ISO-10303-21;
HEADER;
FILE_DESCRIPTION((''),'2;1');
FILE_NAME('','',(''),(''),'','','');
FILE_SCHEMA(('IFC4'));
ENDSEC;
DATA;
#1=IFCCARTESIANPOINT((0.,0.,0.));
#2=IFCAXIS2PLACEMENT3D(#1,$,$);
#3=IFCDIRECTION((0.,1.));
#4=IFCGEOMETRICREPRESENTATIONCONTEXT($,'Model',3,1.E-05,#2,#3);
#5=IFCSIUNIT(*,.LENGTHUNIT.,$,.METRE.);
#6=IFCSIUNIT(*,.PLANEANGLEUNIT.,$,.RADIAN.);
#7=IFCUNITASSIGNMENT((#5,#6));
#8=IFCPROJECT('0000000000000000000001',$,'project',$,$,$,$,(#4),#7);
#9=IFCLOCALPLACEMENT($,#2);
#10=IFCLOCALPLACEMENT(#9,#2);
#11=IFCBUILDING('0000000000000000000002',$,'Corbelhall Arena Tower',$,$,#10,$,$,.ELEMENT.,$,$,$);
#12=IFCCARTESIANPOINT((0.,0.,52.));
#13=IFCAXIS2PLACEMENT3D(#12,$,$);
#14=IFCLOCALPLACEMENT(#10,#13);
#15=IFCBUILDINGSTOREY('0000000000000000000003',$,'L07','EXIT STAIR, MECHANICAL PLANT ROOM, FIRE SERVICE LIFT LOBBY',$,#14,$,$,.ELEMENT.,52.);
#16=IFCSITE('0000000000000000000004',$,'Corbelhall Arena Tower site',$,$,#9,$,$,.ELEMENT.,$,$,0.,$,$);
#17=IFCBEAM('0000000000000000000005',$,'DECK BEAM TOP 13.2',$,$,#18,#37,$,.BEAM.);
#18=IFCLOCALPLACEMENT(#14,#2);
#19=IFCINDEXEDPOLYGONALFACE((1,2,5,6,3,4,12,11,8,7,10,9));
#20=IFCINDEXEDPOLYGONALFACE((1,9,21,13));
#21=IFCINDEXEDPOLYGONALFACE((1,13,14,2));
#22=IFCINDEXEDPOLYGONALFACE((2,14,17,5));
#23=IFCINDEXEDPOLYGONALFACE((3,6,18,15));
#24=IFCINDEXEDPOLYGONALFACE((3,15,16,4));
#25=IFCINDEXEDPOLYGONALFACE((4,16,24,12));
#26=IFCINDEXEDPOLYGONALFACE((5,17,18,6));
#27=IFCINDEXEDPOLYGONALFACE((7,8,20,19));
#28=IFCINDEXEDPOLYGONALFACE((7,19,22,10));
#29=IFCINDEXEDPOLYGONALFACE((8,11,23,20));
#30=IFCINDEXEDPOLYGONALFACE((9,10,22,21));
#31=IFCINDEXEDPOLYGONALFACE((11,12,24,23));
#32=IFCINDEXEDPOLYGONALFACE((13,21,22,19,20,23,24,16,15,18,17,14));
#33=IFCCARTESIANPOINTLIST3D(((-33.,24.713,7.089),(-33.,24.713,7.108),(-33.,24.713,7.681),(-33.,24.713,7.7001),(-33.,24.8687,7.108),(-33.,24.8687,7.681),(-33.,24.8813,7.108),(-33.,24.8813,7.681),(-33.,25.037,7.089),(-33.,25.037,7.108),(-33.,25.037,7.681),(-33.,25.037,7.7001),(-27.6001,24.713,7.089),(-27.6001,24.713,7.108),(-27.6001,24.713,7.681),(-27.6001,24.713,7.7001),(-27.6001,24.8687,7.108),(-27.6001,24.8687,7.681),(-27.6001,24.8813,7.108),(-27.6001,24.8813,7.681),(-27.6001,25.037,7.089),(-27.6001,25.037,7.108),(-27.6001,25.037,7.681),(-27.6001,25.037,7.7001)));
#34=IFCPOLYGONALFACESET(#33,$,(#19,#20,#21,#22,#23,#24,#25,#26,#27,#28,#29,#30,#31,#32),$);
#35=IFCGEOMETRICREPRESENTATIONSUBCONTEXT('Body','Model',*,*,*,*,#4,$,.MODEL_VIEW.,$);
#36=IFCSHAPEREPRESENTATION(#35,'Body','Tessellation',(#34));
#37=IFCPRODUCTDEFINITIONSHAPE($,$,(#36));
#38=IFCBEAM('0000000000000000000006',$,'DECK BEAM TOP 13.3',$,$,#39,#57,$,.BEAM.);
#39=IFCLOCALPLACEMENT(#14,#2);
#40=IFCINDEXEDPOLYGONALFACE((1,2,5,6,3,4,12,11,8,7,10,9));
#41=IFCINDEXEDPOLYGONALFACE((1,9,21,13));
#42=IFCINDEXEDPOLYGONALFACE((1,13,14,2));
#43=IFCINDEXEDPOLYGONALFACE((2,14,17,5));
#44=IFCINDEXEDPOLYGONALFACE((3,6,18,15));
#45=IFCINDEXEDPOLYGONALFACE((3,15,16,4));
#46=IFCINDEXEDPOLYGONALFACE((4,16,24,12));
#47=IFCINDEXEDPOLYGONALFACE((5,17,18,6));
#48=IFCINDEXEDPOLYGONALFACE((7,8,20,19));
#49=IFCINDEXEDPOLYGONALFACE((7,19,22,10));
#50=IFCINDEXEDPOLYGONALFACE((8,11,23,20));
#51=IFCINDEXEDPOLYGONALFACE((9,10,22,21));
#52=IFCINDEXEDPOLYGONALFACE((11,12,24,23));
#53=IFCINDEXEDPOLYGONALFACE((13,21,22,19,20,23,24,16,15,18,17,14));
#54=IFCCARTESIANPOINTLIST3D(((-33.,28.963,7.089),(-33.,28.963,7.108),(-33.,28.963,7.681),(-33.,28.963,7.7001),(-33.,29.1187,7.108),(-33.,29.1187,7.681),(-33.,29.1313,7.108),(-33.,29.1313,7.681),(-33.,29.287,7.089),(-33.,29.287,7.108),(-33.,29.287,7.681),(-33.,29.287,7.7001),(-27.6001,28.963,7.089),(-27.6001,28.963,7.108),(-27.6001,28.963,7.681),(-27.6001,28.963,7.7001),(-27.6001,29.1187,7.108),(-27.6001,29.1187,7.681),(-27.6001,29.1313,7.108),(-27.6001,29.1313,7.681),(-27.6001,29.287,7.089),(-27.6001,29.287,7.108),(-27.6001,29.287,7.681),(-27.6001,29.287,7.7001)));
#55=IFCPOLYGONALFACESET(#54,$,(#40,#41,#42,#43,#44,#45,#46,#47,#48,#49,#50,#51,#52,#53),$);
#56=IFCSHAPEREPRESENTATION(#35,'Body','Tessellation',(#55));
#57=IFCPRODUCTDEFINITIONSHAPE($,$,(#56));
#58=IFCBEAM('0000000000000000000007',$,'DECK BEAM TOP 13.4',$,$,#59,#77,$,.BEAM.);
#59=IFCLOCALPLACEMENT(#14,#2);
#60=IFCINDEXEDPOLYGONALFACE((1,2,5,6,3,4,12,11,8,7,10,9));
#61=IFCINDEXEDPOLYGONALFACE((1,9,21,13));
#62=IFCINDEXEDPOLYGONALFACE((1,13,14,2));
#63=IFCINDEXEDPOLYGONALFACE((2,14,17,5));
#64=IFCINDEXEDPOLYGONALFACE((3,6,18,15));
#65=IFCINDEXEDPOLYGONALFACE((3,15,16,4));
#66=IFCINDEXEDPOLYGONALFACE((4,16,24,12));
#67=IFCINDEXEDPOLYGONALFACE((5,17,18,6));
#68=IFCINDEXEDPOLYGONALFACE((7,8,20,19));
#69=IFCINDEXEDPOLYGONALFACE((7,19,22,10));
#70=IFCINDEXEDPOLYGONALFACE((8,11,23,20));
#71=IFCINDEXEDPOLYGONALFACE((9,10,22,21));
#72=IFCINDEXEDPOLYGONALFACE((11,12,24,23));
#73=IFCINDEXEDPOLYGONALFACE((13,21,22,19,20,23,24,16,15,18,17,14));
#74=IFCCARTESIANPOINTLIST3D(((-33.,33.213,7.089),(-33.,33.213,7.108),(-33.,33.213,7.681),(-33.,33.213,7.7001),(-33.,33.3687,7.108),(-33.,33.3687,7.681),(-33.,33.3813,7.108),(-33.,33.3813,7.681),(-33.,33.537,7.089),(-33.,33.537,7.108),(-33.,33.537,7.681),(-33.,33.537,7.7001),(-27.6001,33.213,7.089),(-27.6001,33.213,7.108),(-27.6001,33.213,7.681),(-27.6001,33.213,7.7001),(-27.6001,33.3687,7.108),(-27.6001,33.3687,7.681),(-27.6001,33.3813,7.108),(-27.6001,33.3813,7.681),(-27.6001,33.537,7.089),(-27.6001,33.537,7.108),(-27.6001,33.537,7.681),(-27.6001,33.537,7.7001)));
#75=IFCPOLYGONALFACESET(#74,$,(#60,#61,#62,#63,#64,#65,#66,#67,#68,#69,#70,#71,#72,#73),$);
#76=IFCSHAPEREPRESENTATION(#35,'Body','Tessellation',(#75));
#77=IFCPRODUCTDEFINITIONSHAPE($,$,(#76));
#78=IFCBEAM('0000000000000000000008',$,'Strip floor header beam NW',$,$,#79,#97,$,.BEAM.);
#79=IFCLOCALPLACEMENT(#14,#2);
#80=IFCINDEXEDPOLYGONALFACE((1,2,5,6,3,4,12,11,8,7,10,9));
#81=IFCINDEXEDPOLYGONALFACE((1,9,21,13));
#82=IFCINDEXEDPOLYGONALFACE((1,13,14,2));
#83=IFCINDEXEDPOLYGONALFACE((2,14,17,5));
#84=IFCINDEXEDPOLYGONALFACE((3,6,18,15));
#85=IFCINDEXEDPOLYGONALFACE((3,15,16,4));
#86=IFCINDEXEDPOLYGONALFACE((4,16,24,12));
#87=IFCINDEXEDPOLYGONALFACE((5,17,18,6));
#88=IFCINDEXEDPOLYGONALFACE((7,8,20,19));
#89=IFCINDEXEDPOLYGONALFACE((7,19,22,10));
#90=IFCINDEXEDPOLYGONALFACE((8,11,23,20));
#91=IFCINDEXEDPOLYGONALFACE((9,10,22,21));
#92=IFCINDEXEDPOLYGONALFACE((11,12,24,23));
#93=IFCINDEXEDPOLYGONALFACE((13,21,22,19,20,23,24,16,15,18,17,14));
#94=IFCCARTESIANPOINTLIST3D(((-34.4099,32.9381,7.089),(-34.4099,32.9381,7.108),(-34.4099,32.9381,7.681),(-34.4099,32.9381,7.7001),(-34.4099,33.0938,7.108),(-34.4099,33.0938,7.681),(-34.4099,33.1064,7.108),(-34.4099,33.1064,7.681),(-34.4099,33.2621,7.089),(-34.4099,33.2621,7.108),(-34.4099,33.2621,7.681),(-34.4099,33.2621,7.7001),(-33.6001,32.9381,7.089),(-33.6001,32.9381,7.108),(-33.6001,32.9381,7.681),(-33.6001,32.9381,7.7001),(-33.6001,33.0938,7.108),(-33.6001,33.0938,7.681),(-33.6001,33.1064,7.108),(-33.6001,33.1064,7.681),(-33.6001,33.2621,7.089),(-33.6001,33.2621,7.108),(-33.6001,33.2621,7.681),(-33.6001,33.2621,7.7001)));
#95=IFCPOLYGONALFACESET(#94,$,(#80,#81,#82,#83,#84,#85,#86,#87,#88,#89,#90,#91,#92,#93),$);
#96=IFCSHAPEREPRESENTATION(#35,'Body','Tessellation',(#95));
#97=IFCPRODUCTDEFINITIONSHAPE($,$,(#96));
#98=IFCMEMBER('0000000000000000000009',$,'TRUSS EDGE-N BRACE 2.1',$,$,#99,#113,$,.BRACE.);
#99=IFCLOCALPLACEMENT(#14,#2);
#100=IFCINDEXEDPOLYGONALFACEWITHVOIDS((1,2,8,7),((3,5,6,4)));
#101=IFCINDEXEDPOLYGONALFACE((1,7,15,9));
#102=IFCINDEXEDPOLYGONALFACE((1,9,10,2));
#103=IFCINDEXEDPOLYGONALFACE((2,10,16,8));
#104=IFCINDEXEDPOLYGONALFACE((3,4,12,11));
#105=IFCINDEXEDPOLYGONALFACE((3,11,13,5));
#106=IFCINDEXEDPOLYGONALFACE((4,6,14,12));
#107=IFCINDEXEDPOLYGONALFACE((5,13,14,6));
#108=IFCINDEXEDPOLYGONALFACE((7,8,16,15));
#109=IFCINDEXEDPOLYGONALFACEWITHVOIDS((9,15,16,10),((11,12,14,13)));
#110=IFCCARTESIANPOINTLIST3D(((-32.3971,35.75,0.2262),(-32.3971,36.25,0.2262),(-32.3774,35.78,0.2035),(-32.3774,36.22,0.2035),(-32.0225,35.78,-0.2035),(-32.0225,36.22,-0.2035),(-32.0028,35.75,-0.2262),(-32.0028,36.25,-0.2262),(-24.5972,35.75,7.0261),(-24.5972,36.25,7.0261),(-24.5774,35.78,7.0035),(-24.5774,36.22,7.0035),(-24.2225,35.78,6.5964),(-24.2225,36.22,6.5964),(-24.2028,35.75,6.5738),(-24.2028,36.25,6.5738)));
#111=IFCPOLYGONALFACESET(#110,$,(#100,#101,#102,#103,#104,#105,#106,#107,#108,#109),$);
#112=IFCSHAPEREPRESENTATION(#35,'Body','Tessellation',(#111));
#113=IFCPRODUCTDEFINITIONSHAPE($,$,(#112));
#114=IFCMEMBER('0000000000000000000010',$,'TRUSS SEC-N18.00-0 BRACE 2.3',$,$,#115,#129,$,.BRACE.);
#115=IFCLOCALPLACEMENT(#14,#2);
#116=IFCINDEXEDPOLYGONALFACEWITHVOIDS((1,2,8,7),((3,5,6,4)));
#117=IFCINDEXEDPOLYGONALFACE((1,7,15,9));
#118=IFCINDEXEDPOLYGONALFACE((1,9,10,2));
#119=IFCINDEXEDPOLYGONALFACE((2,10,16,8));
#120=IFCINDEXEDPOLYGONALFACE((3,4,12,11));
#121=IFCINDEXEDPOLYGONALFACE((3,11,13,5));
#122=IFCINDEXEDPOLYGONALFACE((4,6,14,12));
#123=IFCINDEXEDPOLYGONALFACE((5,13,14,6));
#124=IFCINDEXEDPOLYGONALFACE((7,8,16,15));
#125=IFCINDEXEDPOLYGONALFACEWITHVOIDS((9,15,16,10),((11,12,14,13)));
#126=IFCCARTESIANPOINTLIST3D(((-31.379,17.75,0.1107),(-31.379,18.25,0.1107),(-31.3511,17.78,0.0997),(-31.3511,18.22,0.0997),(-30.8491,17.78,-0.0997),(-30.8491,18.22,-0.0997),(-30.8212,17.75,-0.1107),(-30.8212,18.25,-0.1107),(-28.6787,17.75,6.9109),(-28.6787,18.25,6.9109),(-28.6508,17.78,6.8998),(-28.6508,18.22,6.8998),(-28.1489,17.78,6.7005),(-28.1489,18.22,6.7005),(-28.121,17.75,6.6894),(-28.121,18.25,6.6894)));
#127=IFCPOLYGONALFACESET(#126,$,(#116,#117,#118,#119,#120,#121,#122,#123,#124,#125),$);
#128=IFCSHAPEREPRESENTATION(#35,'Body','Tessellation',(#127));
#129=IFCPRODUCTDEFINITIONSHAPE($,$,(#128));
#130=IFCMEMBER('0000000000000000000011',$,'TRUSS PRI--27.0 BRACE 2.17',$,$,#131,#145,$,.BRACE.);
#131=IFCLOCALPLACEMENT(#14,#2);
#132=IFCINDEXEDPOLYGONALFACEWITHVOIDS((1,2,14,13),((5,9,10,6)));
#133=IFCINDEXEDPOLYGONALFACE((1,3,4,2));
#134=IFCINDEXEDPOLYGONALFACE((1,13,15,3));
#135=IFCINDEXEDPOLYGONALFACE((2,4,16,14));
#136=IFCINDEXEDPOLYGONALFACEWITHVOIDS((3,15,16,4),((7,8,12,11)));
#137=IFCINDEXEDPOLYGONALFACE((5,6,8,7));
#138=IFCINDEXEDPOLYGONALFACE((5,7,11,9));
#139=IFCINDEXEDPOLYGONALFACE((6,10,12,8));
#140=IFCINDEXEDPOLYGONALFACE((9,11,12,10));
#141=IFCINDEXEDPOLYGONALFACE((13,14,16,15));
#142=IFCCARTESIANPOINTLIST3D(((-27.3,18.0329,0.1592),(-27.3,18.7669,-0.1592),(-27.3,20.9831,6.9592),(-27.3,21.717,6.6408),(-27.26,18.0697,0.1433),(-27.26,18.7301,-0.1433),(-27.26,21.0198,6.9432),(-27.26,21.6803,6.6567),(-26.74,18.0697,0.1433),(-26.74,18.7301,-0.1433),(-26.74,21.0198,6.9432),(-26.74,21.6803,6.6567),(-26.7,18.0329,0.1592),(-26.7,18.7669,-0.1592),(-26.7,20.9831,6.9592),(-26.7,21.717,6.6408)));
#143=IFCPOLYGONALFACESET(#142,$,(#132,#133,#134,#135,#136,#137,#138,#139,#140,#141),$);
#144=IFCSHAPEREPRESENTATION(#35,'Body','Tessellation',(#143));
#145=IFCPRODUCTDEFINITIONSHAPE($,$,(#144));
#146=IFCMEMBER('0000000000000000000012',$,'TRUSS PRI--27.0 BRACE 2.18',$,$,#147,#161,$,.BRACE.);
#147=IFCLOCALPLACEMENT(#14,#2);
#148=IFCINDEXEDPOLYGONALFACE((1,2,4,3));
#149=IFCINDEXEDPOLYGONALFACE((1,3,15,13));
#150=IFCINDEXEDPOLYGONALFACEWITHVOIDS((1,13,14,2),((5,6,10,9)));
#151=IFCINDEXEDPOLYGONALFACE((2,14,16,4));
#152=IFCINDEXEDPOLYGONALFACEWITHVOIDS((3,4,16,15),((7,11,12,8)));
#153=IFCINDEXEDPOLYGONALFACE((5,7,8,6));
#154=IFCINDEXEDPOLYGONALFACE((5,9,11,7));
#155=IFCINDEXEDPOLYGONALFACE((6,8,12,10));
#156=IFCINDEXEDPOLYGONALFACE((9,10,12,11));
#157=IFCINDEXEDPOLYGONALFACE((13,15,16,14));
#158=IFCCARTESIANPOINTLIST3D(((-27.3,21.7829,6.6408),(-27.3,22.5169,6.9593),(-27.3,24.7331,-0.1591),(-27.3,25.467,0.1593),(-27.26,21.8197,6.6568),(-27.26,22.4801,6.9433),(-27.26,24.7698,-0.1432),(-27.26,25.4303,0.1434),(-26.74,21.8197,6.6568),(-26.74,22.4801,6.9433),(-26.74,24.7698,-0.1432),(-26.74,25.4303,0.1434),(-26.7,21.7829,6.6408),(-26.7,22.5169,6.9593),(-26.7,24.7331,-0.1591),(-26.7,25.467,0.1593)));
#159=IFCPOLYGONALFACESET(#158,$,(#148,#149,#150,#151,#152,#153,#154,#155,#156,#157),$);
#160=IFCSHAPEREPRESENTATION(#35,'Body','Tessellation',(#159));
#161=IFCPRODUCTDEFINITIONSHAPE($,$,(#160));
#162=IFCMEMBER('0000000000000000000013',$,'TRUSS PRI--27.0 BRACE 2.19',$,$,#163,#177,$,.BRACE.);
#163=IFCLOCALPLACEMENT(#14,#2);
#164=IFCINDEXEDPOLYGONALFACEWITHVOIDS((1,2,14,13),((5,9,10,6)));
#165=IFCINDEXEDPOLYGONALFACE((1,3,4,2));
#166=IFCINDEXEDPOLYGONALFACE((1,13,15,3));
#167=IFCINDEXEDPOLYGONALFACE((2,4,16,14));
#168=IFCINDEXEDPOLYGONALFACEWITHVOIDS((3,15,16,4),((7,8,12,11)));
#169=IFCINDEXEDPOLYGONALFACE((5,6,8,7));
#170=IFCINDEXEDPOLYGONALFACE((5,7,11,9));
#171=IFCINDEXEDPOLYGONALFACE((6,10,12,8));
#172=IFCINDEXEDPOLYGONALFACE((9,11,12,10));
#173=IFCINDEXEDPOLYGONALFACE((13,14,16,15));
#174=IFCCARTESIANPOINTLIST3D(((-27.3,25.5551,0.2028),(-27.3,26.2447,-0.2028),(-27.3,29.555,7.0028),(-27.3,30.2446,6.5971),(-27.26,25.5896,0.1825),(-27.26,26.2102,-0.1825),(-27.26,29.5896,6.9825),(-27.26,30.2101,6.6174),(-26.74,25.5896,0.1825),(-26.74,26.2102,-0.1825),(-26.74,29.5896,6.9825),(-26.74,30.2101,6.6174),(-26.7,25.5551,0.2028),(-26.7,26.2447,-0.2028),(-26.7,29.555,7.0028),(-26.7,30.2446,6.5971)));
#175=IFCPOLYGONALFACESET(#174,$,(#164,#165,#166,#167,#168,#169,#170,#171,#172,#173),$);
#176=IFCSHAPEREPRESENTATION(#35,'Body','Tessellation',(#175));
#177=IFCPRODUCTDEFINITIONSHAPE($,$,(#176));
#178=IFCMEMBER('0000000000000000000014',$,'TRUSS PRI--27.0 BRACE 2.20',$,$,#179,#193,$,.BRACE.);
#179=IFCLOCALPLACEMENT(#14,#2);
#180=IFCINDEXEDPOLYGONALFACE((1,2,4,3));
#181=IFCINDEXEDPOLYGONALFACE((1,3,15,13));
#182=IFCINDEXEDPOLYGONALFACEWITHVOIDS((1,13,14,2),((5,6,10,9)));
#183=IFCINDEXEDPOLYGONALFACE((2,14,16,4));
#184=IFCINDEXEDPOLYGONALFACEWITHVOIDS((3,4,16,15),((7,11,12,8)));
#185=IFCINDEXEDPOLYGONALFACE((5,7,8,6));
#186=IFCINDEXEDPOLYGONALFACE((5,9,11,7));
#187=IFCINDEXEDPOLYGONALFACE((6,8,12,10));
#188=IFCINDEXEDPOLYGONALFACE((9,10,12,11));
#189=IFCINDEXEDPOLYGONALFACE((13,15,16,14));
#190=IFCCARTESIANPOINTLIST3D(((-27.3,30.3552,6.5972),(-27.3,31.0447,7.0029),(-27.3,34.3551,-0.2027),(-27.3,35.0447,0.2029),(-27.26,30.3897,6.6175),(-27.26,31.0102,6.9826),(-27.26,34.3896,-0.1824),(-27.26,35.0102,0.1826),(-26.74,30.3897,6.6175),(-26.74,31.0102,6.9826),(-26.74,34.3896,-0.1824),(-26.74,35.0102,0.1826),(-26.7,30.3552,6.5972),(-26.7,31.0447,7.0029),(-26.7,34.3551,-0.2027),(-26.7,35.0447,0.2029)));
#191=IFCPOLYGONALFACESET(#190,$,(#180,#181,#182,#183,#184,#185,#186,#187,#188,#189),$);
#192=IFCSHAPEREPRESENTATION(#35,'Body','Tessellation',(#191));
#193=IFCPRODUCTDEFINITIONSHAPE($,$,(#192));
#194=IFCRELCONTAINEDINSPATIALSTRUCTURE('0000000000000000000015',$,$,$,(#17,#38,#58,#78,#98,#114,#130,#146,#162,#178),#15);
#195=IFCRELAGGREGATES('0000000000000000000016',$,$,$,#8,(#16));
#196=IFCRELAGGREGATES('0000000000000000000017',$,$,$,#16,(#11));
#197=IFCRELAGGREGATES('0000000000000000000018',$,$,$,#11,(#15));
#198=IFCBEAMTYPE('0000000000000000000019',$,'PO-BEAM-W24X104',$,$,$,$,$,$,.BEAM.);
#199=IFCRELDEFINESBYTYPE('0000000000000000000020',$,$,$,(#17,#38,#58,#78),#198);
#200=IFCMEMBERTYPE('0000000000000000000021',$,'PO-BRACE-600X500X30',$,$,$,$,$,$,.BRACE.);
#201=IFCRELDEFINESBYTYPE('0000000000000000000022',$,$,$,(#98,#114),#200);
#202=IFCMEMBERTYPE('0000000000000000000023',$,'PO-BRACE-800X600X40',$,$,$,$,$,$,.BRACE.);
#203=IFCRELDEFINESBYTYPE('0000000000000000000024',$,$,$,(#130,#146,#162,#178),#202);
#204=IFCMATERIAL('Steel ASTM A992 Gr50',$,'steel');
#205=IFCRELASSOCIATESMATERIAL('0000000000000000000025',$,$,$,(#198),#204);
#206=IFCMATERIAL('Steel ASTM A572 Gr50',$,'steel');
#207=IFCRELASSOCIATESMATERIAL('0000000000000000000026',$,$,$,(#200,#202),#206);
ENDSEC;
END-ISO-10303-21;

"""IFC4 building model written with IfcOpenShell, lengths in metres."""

from ifc_helpers import new_model, si_unit, direction, frame, origin, origin_2d, place, context, subcontext, project, spatial, hollow_rectangle, i_section, extrude, material, material_profile, profile_set, type_object, element, save


model = new_model("IFC4")

# Units and contexts
model_context = context("Model", 3, precision=1e-05, world=origin(), true_north=direction((0.0, 1.0)))
body_context = subcontext(model_context, "Body", "Model", "MODEL_VIEW")
ifc_project = project(units=[si_unit("LENGTHUNIT", "METRE"), si_unit("PLANEANGLEUNIT", "RADIAN")], contexts=[model_context])

# Site, building, storey
site_placement = place(None, origin())
site = spatial("IfcSite", under=ifc_project, at=site_placement, Name="Corbelhall Arena Tower site", CompositionType="ELEMENT", RefElevation=0.0)
building_placement = place(site_placement, origin())
building = spatial("IfcBuilding", under=site, at=building_placement, Name="Corbelhall Arena Tower", CompositionType="ELEMENT")
storey_placement = place(building_placement, frame((0.0, 0.0, 52.0)))
storey = spatial("IfcBuildingStorey", under=building, at=storey_placement, Name="L07", Description="EXIT STAIR, MECHANICAL PLANT ROOM, FIRE SERVICE LIFT LOBBY", CompositionType="ELEMENT", Elevation=52.0)

# Beams
ifc_material_1 = material(Name="Steel ASTM A992 Gr50", Category="steel")
ifc_material_profile_1 = material_profile(ifc_material_1, i_section(OverallWidth=0.324, OverallDepth=0.6111, WebThickness=0.0127, FlangeThickness=0.019, at=origin_2d()))
ifc_profile_set_1 = profile_set([ifc_material_profile_1], Name="Steel ASTM A992 Gr50")
beam_type = type_object("IfcBeamType", Name="PO-BEAM-W24X104", PredefinedType="BEAM", material=ifc_profile_set_1)
for number, where, z_axis, x_axis, name in (
    (1, (-33.0, 24.875, 7.3945), (1.0, 0.0, 0.0), (0.0, 1.0, 0.0), "DECK BEAM TOP 13.2"),
    (2, (-33.0, 29.125, 7.3945), (1.0, 0.0, 0.0), (0.0, 1.0, 0.0), "DECK BEAM TOP 13.3"),
    (3, (-33.0, 33.375, 7.3945), (1.0, 0.0, 0.0), (0.0, 1.0, 0.0), "DECK BEAM TOP 13.4"),
):
    element("IfcBeam", number, at=place(storey_placement, frame(where, z_axis=z_axis, x_axis=x_axis)), inside=storey, type_object=beam_type, Name=name, PredefinedType="BEAM", context=body_context, shape_type="SweptSolid", body=[
        extrude(i_section(OverallWidth=0.324, OverallDepth=0.6111, WebThickness=0.0127, FlangeThickness=0.019, at=origin_2d()), origin(), (0.0, 0.0, 1.0), 5.3999),
    ])
beam_placement = place(storey_placement, frame((-34.4099, 33.1001, 7.3945), z_axis=(1.0, 0.0, 0.0), x_axis=(0.0, 1.0, 0.0)))
element("IfcBeam", 4, at=beam_placement, inside=storey, type_object=beam_type, Name="Strip floor header beam NW", PredefinedType="BEAM", context=body_context, shape_type="SweptSolid", body=[
    extrude(i_section(OverallWidth=0.324, OverallDepth=0.6111, WebThickness=0.0127, FlangeThickness=0.019, at=origin_2d()), origin(), (0.0, 0.0, 1.0), 0.8098),
])

# Members
ifc_material_2 = material(Name="Steel ASTM A572 Gr50", Category="steel")
ifc_material_profile_2 = material_profile(ifc_material_2, hollow_rectangle(XDim=0.5, YDim=0.6001, WallThickness=0.03, at=origin_2d()))
ifc_profile_set_2 = profile_set([ifc_material_profile_2], Name="Steel ASTM A572 Gr50")
member_type_1 = type_object("IfcMemberType", Name="PO-BRACE-600X500X30", PredefinedType="BRACE", material=ifc_profile_set_2)
member_1_placement = place(storey_placement, frame((-32.2, 36.0, 0.0), z_axis=(0.753772, 0.0, 0.657136), x_axis=(0.0, 1.0, 0.0)))
element("IfcMember", 5, at=member_1_placement, inside=storey, type_object=member_type_1, Name="TRUSS EDGE-N BRACE 2.1", PredefinedType="BRACE", context=body_context, shape_type="SweptSolid", body=[
    extrude(hollow_rectangle(XDim=0.5, YDim=0.6001, WallThickness=0.03, at=origin_2d()), origin(), (0.0, 0.0, 1.0), 10.3479),
])
member_2_placement = place(storey_placement, frame((-31.1001, 18.0, 0.0), z_axis=(0.369054, 0.0, 0.929408), x_axis=(0.0, 1.0, 0.0)))
element("IfcMember", 6, at=member_2_placement, inside=storey, type_object=member_type_1, Name="TRUSS SEC-N18.00-0 BRACE 2.3", PredefinedType="BRACE", context=body_context, shape_type="SweptSolid", body=[
    extrude(hollow_rectangle(XDim=0.5, YDim=0.6001, WallThickness=0.03, at=origin_2d()), origin(), (0.0, 0.0, 1.0), 7.3167),
])
ifc_material_profile_3 = material_profile(ifc_material_2, hollow_rectangle(XDim=0.6001, YDim=0.8, WallThickness=0.04, at=origin_2d()))
ifc_profile_set_3 = profile_set([ifc_material_profile_3], Name="Steel ASTM A572 Gr50")
member_type_2 = type_object("IfcMemberType", Name="PO-BRACE-800X600X40", PredefinedType="BRACE", material=ifc_profile_set_3)
for number, where, z_axis, x_axis, name in (
    (7, (-27.0, 18.3999, 0.0), (0.0, 0.398006, 0.917383), (-1.0, 0.0, 0.0), "TRUSS PRI--27.0 BRACE 2.17"),
    (8, (-27.0, 22.1499, 6.8), (0.0, 0.398006, -0.917383), (-1.0, 0.0, 0.0), "TRUSS PRI--27.0 BRACE 2.18"),
):
    element("IfcMember", number, at=place(storey_placement, frame(where, z_axis=z_axis, x_axis=x_axis)), inside=storey, type_object=member_type_2, Name=name, PredefinedType="BRACE", context=body_context, shape_type="SweptSolid", body=[
        extrude(hollow_rectangle(XDim=0.6001, YDim=0.8, WallThickness=0.04, at=origin_2d()), origin(), (0.0, 0.0, 1.0), 7.4124),
    ])
for number, where, z_axis, x_axis, name in (
    (9, (-27.0, 25.8999, 0.0), (0.0, 0.507017, 0.861936), (-1.0, 0.0, 0.0), "TRUSS PRI--27.0 BRACE 2.19"),
    (10, (-27.0, 30.7, 6.8), (0.0, 0.507017, -0.861936), (-1.0, 0.0, 0.0), "TRUSS PRI--27.0 BRACE 2.20"),
):
    element("IfcMember", number, at=place(storey_placement, frame(where, z_axis=z_axis, x_axis=x_axis)), inside=storey, type_object=member_type_2, Name=name, PredefinedType="BRACE", context=body_context, shape_type="SweptSolid", body=[
        extrude(hollow_rectangle(XDim=0.6001, YDim=0.8, WallThickness=0.04, at=origin_2d()), origin(), (0.0, 0.0, 1.0), 7.8892),
    ])

save(model, "model.ifc")
